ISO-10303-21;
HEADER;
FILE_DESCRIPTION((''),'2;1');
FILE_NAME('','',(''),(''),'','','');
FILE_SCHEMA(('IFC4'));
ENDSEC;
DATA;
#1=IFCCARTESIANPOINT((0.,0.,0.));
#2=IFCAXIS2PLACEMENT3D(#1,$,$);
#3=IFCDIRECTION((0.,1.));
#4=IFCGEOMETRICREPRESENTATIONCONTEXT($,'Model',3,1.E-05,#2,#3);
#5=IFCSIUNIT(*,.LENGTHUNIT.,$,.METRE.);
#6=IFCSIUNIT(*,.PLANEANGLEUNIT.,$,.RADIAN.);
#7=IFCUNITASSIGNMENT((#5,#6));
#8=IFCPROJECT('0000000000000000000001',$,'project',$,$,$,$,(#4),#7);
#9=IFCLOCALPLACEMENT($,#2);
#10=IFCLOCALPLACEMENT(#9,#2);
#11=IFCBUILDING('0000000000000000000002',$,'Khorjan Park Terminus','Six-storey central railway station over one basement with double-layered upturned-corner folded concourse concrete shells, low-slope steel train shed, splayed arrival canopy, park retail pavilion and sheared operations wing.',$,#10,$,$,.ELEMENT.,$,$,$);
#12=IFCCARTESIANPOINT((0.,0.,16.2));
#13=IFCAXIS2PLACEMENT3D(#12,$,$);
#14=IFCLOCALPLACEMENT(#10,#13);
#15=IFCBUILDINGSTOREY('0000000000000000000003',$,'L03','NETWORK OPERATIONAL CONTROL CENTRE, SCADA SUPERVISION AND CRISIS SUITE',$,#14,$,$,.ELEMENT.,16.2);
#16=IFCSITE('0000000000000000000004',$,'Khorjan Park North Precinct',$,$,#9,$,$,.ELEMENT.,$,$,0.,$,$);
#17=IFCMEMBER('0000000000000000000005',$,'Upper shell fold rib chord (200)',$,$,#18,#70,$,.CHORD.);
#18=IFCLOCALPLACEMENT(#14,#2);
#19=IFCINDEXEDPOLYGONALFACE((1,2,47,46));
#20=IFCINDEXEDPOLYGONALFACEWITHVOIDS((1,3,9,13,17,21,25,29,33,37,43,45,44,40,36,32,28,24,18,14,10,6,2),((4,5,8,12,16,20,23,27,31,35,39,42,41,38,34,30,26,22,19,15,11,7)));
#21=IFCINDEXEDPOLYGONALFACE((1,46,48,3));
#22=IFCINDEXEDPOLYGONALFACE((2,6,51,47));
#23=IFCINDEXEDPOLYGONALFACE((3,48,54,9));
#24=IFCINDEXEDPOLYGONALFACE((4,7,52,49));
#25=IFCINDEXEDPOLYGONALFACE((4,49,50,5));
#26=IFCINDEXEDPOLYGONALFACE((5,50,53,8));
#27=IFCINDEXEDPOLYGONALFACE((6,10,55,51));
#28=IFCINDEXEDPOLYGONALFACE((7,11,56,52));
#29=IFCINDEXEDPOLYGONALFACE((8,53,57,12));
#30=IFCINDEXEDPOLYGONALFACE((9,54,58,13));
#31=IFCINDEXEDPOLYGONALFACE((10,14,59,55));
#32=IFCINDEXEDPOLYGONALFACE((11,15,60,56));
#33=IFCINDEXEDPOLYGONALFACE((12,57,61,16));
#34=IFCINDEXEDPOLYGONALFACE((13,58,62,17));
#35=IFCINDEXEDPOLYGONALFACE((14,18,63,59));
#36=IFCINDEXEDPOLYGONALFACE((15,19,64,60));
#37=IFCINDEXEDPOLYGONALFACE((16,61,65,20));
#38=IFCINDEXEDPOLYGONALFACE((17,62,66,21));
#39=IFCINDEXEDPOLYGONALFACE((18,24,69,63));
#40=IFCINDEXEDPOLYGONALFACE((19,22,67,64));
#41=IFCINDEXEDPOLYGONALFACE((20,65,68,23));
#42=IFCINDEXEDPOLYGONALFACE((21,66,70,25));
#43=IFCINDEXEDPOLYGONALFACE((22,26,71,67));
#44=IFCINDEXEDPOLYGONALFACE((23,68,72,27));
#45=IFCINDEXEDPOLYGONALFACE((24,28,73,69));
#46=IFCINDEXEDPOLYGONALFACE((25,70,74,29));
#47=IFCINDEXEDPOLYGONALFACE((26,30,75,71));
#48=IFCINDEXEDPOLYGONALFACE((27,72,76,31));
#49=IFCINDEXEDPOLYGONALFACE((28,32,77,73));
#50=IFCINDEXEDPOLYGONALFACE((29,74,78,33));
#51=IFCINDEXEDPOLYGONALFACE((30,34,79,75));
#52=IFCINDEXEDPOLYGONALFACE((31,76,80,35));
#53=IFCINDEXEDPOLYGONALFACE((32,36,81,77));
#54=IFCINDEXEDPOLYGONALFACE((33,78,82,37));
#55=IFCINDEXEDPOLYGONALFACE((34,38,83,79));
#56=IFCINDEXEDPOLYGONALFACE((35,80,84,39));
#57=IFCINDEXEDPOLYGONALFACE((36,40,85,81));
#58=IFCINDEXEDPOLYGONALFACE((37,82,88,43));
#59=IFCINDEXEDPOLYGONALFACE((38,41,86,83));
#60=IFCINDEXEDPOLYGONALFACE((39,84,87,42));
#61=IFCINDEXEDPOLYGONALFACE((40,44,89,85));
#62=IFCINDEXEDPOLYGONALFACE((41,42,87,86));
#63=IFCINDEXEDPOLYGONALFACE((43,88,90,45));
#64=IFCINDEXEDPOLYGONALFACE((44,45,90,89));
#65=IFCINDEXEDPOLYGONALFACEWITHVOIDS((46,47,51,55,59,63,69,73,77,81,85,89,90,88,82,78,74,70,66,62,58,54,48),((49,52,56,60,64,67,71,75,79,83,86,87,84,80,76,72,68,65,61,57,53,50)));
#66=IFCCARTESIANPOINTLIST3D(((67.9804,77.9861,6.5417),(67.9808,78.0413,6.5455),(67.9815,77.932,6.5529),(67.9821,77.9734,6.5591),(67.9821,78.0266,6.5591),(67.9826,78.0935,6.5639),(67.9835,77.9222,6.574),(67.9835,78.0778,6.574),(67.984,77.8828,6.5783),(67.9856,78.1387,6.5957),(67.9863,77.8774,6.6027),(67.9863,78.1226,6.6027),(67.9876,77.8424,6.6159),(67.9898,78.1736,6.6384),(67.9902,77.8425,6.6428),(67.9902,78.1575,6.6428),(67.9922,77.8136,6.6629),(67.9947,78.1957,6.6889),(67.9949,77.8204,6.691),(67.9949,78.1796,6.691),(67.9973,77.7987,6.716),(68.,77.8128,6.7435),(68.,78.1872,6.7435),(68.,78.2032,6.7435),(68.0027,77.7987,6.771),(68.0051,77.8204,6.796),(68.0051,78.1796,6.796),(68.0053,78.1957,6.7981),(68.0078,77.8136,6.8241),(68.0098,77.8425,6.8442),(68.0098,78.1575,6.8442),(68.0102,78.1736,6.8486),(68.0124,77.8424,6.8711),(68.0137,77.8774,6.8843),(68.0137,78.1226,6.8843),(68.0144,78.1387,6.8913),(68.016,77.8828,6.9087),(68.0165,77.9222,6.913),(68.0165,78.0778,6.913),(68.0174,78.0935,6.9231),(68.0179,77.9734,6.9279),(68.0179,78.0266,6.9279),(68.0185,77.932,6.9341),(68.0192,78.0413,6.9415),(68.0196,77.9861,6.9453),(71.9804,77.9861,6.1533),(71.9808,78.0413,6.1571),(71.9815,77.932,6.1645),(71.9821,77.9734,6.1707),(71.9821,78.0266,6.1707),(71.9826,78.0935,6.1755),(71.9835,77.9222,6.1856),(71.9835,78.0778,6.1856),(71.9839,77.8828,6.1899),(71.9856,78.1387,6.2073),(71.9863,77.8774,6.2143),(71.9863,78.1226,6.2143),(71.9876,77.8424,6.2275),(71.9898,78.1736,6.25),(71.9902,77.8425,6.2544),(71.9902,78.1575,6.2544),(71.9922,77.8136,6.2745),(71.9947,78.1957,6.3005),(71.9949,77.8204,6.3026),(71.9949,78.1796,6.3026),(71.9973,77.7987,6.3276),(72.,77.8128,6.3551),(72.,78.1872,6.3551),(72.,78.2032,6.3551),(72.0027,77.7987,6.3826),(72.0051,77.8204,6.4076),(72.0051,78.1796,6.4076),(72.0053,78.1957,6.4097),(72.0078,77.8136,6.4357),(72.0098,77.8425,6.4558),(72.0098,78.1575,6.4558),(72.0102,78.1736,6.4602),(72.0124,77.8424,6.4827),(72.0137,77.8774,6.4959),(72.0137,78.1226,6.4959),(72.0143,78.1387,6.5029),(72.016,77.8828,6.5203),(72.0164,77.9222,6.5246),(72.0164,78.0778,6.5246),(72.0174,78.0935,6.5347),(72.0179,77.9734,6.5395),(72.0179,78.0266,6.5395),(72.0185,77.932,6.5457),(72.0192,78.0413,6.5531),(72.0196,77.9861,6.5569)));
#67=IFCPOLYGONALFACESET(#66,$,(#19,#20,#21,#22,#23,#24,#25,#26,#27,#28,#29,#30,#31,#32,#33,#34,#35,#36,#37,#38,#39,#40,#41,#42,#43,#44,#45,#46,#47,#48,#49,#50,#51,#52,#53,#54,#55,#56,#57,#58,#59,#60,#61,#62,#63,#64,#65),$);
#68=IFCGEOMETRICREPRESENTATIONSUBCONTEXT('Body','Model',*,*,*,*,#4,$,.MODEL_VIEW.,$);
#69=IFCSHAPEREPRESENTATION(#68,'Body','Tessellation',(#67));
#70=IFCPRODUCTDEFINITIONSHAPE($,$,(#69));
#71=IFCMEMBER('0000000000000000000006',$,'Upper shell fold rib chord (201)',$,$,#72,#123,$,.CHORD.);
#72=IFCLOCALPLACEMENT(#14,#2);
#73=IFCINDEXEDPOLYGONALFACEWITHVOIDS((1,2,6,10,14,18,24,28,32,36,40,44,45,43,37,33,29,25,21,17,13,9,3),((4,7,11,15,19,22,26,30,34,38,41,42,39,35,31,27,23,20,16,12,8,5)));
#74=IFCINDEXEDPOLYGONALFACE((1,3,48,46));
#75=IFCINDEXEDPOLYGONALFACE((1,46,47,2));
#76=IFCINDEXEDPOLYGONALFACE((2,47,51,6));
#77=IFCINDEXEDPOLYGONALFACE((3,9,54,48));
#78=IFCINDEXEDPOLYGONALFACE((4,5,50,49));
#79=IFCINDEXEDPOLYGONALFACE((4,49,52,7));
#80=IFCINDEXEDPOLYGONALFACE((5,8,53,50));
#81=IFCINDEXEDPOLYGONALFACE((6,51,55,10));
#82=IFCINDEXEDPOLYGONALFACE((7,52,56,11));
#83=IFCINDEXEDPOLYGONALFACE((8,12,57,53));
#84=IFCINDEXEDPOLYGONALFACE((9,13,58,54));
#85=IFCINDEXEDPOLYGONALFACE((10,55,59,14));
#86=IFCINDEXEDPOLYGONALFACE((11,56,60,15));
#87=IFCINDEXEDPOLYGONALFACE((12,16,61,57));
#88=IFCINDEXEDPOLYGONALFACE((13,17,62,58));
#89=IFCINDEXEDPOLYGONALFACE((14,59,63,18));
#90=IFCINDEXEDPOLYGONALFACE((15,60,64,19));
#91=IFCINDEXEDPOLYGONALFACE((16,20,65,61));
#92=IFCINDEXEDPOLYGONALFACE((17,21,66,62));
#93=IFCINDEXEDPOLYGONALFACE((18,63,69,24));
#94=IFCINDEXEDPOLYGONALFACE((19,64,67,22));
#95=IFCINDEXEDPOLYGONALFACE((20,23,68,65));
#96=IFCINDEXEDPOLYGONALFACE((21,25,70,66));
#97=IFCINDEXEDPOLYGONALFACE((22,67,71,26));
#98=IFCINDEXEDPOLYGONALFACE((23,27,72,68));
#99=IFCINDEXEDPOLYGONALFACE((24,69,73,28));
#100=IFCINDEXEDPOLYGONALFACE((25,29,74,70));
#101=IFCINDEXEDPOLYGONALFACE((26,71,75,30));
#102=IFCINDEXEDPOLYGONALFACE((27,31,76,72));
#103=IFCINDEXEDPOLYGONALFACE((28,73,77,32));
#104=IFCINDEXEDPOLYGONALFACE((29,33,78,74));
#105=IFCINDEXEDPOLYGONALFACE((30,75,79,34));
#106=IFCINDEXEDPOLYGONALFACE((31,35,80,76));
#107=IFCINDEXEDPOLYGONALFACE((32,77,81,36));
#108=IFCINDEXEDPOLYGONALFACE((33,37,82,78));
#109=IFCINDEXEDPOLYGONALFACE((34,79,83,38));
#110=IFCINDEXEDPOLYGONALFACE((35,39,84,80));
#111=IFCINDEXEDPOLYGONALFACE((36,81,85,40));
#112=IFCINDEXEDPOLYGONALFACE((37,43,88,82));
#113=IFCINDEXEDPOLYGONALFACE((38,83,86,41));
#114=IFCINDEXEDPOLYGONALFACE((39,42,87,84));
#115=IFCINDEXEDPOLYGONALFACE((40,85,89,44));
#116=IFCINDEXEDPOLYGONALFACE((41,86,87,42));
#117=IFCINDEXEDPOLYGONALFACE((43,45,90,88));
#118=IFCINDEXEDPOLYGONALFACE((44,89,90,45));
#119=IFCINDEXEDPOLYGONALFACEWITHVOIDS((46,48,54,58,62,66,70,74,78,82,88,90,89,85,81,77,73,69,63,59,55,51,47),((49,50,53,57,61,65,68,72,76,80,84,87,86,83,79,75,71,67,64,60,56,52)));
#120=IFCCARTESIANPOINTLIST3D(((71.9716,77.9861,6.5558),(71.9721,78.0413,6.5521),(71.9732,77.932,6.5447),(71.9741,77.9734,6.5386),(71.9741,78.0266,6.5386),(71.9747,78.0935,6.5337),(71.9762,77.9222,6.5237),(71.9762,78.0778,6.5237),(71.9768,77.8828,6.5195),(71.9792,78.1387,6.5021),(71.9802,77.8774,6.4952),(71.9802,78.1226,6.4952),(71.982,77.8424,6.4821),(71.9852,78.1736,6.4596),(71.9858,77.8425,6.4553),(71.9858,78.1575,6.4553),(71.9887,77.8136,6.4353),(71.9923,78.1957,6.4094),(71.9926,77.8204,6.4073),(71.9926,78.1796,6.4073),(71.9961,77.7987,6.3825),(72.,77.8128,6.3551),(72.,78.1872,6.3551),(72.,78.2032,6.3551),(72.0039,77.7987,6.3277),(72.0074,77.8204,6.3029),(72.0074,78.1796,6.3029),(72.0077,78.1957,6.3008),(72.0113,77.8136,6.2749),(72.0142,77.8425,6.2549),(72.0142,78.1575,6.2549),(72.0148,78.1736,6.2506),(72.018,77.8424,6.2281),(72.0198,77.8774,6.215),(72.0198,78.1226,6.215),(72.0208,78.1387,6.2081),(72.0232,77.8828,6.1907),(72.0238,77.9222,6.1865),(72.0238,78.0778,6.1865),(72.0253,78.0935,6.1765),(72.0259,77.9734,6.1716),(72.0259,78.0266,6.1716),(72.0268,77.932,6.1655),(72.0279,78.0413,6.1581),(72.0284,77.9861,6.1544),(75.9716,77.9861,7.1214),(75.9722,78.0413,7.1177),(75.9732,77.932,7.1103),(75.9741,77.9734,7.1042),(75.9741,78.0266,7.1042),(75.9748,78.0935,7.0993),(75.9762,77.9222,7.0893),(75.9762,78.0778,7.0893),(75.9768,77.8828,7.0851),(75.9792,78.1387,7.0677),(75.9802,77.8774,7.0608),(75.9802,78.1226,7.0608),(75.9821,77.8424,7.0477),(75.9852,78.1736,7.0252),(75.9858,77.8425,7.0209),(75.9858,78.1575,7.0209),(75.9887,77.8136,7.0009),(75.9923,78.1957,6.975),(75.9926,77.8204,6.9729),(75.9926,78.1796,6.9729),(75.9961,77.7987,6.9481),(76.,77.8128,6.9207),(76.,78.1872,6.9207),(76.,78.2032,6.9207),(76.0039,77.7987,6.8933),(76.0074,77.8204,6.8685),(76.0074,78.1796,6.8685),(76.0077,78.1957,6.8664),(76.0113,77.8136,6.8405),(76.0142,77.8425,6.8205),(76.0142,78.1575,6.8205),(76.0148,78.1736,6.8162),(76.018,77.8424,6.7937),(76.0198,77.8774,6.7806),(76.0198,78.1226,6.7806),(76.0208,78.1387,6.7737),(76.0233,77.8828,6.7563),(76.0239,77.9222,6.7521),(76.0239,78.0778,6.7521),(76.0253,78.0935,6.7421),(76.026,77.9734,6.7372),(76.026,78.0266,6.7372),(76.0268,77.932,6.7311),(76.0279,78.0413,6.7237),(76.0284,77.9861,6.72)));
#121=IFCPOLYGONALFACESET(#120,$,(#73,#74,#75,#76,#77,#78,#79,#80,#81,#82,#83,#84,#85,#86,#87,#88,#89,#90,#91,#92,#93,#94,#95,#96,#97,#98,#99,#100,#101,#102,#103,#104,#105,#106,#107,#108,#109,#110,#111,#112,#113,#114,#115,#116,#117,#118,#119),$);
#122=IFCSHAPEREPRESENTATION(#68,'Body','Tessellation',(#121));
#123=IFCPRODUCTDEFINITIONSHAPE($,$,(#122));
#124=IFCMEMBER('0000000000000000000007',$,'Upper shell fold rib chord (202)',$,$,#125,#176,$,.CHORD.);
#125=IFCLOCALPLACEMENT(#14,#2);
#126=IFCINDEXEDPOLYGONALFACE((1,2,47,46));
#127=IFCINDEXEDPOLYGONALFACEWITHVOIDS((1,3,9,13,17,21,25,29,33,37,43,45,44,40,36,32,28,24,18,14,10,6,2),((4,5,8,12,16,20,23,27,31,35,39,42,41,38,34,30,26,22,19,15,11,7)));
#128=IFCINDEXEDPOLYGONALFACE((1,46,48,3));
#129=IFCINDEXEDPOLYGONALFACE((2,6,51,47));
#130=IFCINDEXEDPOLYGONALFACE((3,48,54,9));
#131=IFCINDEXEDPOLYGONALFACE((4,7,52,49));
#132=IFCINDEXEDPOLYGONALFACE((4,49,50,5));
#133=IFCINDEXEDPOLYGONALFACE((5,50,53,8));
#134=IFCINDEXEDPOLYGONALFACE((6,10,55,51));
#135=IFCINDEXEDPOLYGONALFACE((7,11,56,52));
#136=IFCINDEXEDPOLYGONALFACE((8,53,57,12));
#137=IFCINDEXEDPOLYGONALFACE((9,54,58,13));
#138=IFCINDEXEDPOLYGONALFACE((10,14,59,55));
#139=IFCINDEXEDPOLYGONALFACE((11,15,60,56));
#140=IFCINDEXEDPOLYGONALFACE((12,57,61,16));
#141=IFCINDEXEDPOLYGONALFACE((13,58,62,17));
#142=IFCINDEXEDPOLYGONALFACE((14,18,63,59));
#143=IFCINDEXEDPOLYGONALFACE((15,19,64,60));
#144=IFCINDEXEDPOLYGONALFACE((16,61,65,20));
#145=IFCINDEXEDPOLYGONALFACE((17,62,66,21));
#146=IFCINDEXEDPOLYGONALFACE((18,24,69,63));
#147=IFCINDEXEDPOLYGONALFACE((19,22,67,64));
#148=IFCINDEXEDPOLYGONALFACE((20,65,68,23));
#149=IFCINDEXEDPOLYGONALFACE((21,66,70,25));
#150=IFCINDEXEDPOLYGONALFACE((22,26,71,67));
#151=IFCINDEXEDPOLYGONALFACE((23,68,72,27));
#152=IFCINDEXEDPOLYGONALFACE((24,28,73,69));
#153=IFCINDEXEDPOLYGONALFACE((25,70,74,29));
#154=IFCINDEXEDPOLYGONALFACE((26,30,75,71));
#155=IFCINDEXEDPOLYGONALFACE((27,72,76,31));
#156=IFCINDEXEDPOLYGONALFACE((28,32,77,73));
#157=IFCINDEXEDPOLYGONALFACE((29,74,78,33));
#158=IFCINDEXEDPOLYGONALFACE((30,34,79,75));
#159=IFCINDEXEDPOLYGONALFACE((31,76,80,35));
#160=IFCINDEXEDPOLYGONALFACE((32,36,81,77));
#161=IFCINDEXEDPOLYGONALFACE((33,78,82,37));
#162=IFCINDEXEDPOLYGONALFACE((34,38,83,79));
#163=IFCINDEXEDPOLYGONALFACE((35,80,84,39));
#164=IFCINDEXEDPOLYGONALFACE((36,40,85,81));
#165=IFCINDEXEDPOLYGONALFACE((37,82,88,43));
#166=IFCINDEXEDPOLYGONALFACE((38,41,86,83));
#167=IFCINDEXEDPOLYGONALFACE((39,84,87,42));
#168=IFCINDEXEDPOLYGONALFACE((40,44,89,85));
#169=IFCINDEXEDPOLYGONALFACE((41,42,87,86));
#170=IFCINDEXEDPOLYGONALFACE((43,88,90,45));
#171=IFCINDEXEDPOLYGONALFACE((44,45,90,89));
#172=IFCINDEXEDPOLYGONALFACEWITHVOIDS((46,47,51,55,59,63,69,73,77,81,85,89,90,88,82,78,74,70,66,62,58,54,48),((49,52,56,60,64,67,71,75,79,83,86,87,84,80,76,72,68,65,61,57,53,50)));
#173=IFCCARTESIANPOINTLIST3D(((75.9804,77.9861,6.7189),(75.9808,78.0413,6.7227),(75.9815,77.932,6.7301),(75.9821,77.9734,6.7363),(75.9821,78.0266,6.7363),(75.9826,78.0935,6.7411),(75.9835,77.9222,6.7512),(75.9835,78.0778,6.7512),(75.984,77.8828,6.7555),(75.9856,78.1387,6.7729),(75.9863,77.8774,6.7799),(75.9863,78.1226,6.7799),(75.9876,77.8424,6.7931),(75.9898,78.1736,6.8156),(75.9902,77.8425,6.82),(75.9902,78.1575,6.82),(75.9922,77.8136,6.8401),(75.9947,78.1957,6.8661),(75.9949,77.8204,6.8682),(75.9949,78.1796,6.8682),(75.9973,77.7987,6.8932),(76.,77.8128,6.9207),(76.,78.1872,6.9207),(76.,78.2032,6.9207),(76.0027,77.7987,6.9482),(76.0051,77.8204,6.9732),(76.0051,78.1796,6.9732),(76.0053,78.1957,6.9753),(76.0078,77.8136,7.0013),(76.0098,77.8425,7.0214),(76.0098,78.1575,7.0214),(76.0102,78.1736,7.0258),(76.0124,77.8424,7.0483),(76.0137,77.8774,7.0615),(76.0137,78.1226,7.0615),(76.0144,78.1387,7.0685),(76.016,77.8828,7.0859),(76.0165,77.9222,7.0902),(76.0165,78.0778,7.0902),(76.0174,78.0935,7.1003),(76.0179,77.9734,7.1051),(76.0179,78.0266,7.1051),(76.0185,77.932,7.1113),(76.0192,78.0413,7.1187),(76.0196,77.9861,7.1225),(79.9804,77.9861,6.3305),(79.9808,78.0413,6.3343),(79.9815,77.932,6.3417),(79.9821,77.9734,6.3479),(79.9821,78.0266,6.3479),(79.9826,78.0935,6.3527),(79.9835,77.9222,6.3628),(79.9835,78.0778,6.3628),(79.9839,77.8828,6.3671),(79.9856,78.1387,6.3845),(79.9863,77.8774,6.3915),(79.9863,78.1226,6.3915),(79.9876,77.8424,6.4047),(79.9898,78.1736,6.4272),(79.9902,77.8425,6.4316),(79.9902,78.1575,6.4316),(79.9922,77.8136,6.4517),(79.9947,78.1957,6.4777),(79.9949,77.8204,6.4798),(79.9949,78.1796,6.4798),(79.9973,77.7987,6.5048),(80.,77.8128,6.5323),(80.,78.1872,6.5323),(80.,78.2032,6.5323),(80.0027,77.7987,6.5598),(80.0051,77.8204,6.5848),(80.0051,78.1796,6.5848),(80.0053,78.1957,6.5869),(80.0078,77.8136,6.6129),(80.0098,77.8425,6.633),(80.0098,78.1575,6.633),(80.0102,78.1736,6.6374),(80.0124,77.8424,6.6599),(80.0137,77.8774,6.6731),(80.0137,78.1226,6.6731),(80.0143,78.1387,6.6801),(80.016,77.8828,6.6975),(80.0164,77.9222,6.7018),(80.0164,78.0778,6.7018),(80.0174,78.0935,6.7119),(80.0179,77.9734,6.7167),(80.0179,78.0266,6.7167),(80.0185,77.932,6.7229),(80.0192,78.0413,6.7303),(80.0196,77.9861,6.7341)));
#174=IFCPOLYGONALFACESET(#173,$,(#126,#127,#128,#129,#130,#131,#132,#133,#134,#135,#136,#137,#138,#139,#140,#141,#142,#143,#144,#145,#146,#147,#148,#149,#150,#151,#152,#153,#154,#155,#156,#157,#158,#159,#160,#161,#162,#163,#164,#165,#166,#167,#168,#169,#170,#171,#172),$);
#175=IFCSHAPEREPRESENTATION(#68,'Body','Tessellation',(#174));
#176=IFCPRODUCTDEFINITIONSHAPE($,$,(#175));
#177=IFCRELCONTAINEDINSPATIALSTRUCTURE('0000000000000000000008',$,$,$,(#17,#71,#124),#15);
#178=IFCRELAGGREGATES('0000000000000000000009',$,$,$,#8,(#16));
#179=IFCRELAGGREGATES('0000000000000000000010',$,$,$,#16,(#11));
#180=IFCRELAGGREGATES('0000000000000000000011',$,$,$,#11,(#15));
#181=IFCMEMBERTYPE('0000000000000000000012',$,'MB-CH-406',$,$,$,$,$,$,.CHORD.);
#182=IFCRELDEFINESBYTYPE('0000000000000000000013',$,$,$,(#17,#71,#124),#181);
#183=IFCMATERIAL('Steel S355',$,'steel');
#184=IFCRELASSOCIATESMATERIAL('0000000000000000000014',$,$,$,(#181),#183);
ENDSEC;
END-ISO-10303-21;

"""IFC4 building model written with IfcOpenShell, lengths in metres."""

from ifc_helpers import new_model, si_unit, direction, frame, origin, origin_2d, place, context, subcontext, project, spatial, hollow_circle, extrude, material, material_profile, profile_set, type_object, element, save


model = new_model("IFC4")

# Units and contexts
model_context = context("Model", 3, precision=1e-05, world=origin(), true_north=direction((0.0, 1.0)))
body_context = subcontext(model_context, "Body", "Model", "MODEL_VIEW")
ifc_project = project(units=[si_unit("LENGTHUNIT", "METRE"), si_unit("PLANEANGLEUNIT", "RADIAN")], contexts=[model_context])

# Site, building, storey
site_placement = place(None, origin())
site = spatial("IfcSite", under=ifc_project, at=site_placement, Name="Khorjan Park North Precinct", CompositionType="ELEMENT", RefElevation=0.0)
building_placement = place(site_placement, origin())
building = spatial("IfcBuilding", under=site, at=building_placement, Name="Khorjan Park Terminus", Description="Six-storey central railway station over one basement with double-layered upturned-corner folded concourse concrete shells, low-slope steel train shed, splayed arrival canopy, park retail pavilion and sheared operations wing.", CompositionType="ELEMENT")
storey_placement = place(building_placement, frame((0.0, 0.0, 16.2)))
storey = spatial("IfcBuildingStorey", under=building, at=storey_placement, Name="L03", Description="NETWORK OPERATIONAL CONTROL CENTRE, SCADA SUPERVISION AND CRISIS SUITE", CompositionType="ELEMENT", Elevation=16.2)

# Members
ifc_material_1 = material(Name="Steel S355", Category="steel")
ifc_material_profile_1 = material_profile(ifc_material_1, hollow_circle(Radius=0.2032, WallThickness=0.016, at=origin_2d()), Name="CHS 406.4x16")
ifc_profile_set_1 = profile_set([ifc_material_profile_1], Name="Steel S355")
member_type_1 = type_object("IfcMemberType", Name="MB-CH-406", PredefinedType="CHORD", material=ifc_profile_set_1)
member_1_placement = place(storey_placement, frame((68.0, 78.0, 6.7435), z_axis=(0.995319, 0.0, -0.096645), x_axis=(0.0, 1.0, 0.0)))
element("IfcMember", 1, at=member_1_placement, inside=storey, type_object=member_type_1, Name="Upper shell fold rib chord (200)", PredefinedType="CHORD", context=body_context, shape_type="SweptSolid", body=[
    extrude(hollow_circle(Radius=0.2032, WallThickness=0.016, at=origin_2d()), origin(), (0.0, 0.0, 1.0), 4.0188),
])
member_2_placement = place(storey_placement, frame((72.0, 78.0, 6.3551), z_axis=(0.99015, 0.0, 0.140007), x_axis=(0.0, 1.0, 0.0)))
element("IfcMember", 2, at=member_2_placement, inside=storey, type_object=member_type_1, Name="Upper shell fold rib chord (201)", PredefinedType="CHORD", context=body_context, shape_type="SweptSolid", body=[
    extrude(hollow_circle(Radius=0.2032, WallThickness=0.016, at=origin_2d()), origin(), (0.0, 0.0, 1.0), 4.0398),
])
member_3_placement = place(storey_placement, frame((76.0, 78.0, 6.9207), z_axis=(0.995319, 0.0, -0.096645), x_axis=(0.0, 1.0, 0.0)))
element("IfcMember", 3, at=member_3_placement, inside=storey, type_object=member_type_1, Name="Upper shell fold rib chord (202)", PredefinedType="CHORD", context=body_context, shape_type="SweptSolid", body=[
    extrude(hollow_circle(Radius=0.2032, WallThickness=0.016, at=origin_2d()), origin(), (0.0, 0.0, 1.0), 4.0188),
])

save(model, "model.ifc")
